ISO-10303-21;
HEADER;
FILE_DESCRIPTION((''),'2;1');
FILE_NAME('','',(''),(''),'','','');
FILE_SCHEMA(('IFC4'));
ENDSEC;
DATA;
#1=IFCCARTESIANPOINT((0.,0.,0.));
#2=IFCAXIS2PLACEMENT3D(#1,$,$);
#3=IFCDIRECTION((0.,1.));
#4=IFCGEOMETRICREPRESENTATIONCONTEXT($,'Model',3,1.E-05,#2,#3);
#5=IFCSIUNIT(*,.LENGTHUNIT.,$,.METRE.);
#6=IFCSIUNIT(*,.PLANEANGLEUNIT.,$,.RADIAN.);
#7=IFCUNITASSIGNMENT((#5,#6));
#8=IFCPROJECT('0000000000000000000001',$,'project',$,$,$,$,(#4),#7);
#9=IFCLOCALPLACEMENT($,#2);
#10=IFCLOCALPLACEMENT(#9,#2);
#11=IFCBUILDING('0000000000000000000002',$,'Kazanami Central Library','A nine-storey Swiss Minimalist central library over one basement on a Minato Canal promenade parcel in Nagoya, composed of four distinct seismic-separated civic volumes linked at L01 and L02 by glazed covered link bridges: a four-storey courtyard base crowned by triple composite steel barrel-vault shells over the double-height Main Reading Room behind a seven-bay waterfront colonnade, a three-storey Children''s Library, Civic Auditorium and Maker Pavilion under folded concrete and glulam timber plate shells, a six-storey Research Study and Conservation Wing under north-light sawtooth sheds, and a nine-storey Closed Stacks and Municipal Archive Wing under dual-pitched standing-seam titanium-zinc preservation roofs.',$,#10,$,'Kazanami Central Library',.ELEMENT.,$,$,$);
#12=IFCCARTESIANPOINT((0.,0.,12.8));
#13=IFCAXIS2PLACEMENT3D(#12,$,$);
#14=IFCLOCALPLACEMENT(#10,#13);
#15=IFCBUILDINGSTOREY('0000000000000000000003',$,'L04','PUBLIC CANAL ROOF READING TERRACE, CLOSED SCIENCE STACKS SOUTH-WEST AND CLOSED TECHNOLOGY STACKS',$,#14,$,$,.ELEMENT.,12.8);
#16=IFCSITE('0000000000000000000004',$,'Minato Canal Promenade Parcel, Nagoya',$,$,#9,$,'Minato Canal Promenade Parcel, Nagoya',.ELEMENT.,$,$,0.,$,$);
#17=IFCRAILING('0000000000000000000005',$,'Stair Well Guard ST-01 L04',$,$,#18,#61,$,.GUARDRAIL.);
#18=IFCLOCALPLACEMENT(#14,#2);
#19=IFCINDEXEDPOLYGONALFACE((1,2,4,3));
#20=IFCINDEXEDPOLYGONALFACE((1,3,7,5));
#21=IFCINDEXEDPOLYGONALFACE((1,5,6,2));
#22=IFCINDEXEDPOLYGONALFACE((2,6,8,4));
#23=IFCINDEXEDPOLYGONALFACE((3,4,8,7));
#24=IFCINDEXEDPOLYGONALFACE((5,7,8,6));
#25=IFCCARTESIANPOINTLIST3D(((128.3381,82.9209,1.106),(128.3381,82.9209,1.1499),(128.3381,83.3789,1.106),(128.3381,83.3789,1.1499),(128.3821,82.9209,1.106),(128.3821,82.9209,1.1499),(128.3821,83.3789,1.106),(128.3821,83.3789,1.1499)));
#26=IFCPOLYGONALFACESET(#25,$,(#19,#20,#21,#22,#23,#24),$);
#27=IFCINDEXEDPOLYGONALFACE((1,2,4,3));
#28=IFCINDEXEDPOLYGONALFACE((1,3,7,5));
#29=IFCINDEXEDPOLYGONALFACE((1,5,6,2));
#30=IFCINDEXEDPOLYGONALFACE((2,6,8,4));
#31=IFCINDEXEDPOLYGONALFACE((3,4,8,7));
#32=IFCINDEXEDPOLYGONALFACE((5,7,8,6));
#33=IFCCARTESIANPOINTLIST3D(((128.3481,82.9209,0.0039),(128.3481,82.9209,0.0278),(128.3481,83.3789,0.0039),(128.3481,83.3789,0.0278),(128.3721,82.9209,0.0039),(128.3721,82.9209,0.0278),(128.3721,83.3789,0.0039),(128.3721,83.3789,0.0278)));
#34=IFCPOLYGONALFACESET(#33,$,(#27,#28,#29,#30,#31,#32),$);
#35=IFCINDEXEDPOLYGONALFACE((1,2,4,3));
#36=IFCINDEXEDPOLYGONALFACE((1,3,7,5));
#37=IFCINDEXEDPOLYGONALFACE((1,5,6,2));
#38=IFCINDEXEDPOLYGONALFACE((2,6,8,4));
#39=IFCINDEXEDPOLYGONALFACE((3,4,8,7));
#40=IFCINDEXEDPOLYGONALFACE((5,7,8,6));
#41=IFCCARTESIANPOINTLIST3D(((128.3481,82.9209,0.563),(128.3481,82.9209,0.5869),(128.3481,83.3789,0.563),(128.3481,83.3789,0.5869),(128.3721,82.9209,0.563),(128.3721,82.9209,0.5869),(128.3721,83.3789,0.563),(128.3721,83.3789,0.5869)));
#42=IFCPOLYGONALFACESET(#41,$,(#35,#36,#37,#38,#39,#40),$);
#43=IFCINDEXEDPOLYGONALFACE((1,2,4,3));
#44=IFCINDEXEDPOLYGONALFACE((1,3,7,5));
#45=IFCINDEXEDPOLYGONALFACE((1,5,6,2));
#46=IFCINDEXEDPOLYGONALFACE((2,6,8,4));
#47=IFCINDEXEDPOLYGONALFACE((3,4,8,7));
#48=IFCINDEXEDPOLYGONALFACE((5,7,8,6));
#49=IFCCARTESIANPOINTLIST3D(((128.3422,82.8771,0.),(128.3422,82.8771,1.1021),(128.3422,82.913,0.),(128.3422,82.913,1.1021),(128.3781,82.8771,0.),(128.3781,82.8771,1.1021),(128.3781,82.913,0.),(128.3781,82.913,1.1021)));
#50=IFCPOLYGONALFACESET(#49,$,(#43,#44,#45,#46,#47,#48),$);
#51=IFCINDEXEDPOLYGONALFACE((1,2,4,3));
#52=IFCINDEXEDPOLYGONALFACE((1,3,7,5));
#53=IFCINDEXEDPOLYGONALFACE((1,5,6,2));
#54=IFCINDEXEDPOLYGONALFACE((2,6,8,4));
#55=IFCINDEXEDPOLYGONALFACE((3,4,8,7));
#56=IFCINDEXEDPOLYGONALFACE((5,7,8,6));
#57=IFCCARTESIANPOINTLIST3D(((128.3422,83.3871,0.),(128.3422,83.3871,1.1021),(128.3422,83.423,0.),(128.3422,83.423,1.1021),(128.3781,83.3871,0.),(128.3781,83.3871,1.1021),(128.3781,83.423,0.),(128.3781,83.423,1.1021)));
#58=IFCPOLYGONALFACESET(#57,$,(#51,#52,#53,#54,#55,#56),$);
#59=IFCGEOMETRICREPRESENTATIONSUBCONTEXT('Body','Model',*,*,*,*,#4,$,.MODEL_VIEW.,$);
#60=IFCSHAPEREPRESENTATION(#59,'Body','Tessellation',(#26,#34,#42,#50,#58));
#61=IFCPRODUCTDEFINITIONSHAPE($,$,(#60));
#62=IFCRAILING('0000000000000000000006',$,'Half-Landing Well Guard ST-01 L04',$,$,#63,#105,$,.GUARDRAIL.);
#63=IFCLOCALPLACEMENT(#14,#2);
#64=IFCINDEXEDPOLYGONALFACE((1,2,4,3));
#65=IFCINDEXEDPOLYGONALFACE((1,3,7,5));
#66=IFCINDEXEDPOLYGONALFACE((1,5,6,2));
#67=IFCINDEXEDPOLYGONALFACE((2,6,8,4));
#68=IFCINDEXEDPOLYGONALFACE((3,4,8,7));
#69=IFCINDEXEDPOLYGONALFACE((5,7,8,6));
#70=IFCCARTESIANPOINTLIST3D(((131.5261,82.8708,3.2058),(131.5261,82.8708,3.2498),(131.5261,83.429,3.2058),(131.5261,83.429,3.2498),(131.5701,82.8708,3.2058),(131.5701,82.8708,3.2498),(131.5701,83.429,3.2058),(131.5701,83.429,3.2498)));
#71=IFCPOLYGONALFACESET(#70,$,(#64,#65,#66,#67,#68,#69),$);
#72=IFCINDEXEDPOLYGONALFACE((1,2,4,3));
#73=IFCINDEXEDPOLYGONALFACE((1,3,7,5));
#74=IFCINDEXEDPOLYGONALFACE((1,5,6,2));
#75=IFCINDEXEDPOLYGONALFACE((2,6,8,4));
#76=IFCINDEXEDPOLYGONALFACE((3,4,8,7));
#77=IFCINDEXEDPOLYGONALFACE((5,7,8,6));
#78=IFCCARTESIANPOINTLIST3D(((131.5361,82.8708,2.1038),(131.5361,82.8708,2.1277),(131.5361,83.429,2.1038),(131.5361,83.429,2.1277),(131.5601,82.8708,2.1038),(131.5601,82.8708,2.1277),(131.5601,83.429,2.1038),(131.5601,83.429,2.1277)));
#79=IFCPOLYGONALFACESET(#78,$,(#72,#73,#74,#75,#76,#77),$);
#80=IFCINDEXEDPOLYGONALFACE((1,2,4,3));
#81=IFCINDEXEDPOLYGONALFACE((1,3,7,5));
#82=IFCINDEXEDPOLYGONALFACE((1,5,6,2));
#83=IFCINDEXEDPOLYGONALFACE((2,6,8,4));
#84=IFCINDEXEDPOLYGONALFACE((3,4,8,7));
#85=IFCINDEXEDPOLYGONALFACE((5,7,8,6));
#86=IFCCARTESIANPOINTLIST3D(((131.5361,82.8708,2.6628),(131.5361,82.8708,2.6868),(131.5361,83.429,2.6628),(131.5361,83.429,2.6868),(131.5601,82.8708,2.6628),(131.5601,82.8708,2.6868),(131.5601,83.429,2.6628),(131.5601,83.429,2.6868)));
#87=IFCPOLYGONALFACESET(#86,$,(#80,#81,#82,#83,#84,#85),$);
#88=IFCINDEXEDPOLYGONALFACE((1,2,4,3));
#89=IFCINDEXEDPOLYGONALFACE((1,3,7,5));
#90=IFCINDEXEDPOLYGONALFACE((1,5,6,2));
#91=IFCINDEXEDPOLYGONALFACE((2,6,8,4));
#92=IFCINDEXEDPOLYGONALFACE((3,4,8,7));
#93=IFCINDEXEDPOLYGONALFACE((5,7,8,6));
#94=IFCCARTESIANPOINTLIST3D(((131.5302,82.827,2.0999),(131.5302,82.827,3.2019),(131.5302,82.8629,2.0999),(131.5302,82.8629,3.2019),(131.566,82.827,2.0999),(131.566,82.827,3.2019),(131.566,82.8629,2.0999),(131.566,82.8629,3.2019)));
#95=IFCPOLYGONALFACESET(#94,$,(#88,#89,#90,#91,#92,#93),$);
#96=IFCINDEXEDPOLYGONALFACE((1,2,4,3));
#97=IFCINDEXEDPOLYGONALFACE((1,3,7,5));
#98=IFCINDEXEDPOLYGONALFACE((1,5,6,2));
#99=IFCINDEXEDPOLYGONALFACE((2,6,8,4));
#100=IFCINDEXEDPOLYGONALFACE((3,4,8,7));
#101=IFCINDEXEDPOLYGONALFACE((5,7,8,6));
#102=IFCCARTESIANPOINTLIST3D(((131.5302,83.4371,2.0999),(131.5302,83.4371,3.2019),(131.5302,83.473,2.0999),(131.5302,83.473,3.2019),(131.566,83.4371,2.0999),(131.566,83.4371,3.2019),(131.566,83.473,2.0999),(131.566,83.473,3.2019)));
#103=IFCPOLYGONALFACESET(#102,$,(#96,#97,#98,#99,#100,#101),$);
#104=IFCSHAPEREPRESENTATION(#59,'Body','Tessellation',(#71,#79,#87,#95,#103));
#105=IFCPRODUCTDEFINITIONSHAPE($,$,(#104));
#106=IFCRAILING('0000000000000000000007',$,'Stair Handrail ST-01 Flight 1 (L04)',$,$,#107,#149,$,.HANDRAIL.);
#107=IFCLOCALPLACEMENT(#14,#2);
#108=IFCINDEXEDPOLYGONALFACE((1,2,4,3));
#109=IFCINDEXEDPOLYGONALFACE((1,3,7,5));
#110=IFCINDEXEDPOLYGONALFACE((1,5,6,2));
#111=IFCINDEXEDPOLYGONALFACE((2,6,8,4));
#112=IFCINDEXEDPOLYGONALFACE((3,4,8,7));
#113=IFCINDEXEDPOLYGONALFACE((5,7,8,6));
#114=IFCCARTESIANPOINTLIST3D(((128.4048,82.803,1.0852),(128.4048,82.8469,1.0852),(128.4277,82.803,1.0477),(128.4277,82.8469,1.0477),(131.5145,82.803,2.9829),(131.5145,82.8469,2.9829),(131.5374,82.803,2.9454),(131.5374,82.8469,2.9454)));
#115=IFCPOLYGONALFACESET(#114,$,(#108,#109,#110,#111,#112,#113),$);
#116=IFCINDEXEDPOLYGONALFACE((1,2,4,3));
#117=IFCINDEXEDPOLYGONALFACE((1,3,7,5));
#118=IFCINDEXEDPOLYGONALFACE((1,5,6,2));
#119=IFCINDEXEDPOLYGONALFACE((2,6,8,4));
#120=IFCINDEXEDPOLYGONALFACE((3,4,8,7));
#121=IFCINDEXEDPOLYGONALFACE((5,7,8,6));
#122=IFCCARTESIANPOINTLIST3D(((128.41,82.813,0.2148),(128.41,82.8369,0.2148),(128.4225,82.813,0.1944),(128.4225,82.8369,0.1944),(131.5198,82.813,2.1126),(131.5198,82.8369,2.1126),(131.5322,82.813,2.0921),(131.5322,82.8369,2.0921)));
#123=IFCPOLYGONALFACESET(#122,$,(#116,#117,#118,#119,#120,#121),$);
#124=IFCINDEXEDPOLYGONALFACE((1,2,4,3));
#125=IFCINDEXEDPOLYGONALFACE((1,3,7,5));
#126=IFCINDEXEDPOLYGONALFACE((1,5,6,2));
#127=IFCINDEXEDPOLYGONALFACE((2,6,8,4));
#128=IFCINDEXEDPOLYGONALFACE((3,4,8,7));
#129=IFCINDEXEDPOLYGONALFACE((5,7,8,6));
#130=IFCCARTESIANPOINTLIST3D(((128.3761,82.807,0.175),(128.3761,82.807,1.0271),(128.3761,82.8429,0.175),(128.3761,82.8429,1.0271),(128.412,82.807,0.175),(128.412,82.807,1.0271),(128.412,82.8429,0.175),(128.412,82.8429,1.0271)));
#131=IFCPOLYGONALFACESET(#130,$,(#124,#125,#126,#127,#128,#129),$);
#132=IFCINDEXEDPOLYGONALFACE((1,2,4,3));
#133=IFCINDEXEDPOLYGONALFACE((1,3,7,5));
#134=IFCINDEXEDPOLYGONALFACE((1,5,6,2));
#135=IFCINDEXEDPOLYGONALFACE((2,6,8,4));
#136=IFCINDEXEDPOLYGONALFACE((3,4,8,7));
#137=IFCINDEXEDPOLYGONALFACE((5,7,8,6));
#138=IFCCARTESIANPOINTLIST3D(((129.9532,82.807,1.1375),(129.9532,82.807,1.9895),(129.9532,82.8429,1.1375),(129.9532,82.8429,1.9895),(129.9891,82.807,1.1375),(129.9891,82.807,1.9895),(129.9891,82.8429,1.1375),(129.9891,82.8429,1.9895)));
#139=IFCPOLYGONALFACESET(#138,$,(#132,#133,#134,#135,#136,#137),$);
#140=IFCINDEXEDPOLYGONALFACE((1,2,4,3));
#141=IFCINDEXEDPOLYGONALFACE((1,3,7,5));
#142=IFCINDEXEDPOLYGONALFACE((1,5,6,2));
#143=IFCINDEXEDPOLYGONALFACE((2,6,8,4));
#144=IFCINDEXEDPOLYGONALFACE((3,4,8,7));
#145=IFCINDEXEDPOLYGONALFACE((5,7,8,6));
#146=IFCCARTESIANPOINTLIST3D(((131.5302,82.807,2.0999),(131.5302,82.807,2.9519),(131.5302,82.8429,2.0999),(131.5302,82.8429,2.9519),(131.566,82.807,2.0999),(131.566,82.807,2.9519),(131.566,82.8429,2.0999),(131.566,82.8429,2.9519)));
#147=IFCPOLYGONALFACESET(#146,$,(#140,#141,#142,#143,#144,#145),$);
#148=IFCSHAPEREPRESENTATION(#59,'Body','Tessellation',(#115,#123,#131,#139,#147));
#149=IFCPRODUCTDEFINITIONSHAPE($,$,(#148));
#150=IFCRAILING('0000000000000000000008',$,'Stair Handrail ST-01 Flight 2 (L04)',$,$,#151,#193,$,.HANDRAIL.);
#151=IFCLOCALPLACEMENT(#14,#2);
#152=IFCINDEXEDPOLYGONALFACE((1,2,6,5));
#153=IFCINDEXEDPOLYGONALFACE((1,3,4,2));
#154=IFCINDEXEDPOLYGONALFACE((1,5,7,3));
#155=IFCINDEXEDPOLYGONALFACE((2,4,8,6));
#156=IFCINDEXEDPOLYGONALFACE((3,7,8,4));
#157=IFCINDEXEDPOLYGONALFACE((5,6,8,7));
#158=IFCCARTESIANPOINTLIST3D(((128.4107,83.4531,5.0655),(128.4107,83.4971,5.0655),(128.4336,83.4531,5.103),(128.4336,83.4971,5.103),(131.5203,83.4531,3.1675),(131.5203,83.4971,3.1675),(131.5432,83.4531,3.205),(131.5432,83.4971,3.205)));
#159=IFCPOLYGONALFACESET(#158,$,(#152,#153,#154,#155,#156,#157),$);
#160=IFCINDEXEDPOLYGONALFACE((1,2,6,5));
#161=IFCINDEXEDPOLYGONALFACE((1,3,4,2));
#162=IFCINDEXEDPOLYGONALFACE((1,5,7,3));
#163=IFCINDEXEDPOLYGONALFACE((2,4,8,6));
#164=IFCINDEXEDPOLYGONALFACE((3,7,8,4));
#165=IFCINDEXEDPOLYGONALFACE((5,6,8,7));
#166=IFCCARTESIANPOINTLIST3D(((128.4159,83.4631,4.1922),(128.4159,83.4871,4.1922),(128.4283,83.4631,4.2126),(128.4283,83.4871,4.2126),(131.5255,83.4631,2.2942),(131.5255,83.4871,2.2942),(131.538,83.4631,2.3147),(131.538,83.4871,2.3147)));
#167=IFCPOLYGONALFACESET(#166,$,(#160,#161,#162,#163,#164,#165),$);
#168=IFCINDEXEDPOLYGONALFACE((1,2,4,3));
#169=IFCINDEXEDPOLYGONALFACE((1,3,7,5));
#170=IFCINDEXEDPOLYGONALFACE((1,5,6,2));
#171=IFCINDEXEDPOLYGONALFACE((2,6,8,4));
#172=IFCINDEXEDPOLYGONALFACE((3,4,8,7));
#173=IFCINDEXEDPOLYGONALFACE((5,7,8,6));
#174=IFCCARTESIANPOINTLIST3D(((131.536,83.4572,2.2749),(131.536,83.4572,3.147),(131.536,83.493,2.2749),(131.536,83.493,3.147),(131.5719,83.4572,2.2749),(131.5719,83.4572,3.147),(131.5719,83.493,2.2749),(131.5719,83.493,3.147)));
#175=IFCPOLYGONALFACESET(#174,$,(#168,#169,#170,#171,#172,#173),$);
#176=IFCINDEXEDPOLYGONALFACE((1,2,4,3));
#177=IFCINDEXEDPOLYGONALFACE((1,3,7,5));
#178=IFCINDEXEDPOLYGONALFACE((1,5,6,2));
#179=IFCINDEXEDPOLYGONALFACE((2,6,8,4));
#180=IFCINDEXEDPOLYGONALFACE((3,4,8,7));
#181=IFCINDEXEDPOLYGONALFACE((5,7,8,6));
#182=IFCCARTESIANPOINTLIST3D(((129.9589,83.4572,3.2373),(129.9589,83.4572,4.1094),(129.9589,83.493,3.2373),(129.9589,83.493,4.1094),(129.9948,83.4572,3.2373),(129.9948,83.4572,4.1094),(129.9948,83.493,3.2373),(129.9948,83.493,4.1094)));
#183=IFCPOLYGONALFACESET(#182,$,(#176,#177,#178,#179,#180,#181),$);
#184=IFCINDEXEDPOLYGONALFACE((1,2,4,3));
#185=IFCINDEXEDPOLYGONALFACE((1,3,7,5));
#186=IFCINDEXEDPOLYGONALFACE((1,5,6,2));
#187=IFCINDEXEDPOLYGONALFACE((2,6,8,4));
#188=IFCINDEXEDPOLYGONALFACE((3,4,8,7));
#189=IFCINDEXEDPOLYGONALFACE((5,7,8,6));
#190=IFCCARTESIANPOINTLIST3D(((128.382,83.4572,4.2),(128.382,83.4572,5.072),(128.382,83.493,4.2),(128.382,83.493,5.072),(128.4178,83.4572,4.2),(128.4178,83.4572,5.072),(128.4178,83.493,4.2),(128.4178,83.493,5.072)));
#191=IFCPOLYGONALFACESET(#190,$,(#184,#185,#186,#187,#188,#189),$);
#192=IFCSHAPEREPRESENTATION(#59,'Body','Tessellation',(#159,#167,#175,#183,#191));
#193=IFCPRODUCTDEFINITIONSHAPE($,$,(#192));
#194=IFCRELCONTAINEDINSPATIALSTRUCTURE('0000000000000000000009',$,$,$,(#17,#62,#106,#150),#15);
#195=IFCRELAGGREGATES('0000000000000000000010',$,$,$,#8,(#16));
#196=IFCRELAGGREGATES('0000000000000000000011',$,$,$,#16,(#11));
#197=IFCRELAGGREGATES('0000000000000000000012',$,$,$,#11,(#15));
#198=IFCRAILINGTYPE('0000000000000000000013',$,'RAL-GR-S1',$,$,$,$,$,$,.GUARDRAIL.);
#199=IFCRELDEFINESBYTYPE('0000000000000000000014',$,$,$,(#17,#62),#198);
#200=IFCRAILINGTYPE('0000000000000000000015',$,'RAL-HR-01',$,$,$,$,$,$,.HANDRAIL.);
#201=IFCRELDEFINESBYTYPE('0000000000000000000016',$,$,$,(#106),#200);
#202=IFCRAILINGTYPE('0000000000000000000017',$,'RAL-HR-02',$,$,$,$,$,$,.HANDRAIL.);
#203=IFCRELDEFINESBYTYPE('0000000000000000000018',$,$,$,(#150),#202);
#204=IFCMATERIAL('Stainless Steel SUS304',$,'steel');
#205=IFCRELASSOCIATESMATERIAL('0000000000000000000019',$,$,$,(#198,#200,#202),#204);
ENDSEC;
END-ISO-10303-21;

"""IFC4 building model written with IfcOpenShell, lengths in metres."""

from ifc_helpers import new_model, si_unit, direction, frame, origin, origin_2d, place, context, subcontext, project, spatial, rectangle, extrude, material, type_object, element, save


model = new_model("IFC4")

# Units and contexts
model_context = context("Model", 3, precision=1e-05, world=origin(), true_north=direction((0.0, 1.0)))
body_context = subcontext(model_context, "Body", "Model", "MODEL_VIEW")
ifc_project = project(units=[si_unit("LENGTHUNIT", "METRE"), si_unit("PLANEANGLEUNIT", "RADIAN")], contexts=[model_context])

# Site, building, storey
site_placement = place(None, origin())
site = spatial("IfcSite", under=ifc_project, at=site_placement, Name="Minato Canal Promenade Parcel, Nagoya", LongName="Minato Canal Promenade Parcel, Nagoya", CompositionType="ELEMENT", RefElevation=0.0)
building_placement = place(site_placement, origin())
building = spatial("IfcBuilding", under=site, at=building_placement, Name="Kazanami Central Library", Description="A nine-storey Swiss Minimalist central library over one basement on a Minato Canal promenade parcel in Nagoya, composed of four distinct seismic-separated civic volumes linked at L01 and L02 by glazed covered link bridges: a four-storey courtyard base crowned by triple composite steel barrel-vault shells over the double-height Main Reading Room behind a seven-bay waterfront colonnade, a three-storey Children's Library, Civic Auditorium and Maker Pavilion under folded concrete and glulam timber plate shells, a six-storey Research Study and Conservation Wing under north-light sawtooth sheds, and a nine-storey Closed Stacks and Municipal Archive Wing under dual-pitched standing-seam titanium-zinc preservation roofs.", LongName="Kazanami Central Library", CompositionType="ELEMENT")
storey_placement = place(building_placement, frame((0.0, 0.0, 12.8)))
storey = spatial("IfcBuildingStorey", under=building, at=storey_placement, Name="L04", Description="PUBLIC CANAL ROOF READING TERRACE, CLOSED SCIENCE STACKS SOUTH-WEST AND CLOSED TECHNOLOGY STACKS", CompositionType="ELEMENT", Elevation=12.8)

# Railings
ifc_material_1 = material(Name="Stainless Steel SUS304", Category="steel")
railing_type_1 = type_object("IfcRailingType", Name="RAL-GR-S1", PredefinedType="GUARDRAIL", material=ifc_material_1)
railing_1_placement = place(storey_placement, frame((128.3601, 82.895, 0.0)))
element("IfcRailing", 1, at=railing_1_placement, inside=storey, type_object=railing_type_1, Name="Stair Well Guard ST-01 L04", PredefinedType="GUARDRAIL", context=body_context, shape_type="SweptSolid", body=[
    extrude(rectangle(XDim=0.0439, YDim=0.0439, at=origin_2d()), frame((0.0, 0.0259, 1.1279), z_axis=(0.0, 1.0, 0.0), x_axis=(-1.0, 0.0, 0.0)), (0.0, 0.0, 1.0), 0.458),
    extrude(rectangle(XDim=0.0239, YDim=0.0239, at=origin_2d()), frame((0.0, 0.0259, 0.0159), z_axis=(0.0, 1.0, 0.0), x_axis=(-1.0, 0.0, 0.0)), (0.0, 0.0, 1.0), 0.458),
    extrude(rectangle(XDim=0.0239, YDim=0.0239, at=origin_2d()), frame((0.0, 0.0259, 0.575), z_axis=(0.0, 1.0, 0.0), x_axis=(-1.0, 0.0, 0.0)), (0.0, 0.0, 1.0), 0.458),
    extrude(rectangle(XDim=0.0359, YDim=0.0359, at=origin_2d()), origin(), (0.0, 0.0, 1.0), 1.1021),
    extrude(rectangle(XDim=0.0359, YDim=0.0359, at=origin_2d()), frame((0.0, 0.51, 0.0)), (0.0, 0.0, 1.0), 1.1021),
])
railing_2_placement = place(storey_placement, frame((131.5481, 82.845, 2.0999)))
element("IfcRailing", 2, at=railing_2_placement, inside=storey, type_object=railing_type_1, Name="Half-Landing Well Guard ST-01 L04", PredefinedType="GUARDRAIL", context=body_context, shape_type="SweptSolid", body=[
    extrude(rectangle(XDim=0.0439, YDim=0.0439, at=origin_2d()), frame((0.0, 0.0259, 1.1279), z_axis=(0.0, 1.0, 0.0), x_axis=(-1.0, 0.0, 0.0)), (0.0, 0.0, 1.0), 0.5581),
    extrude(rectangle(XDim=0.0239, YDim=0.0239, at=origin_2d()), frame((0.0, 0.0259, 0.0159), z_axis=(0.0, 1.0, 0.0), x_axis=(-1.0, 0.0, 0.0)), (0.0, 0.0, 1.0), 0.5581),
    extrude(rectangle(XDim=0.0239, YDim=0.0239, at=origin_2d()), frame((0.0, 0.0259, 0.575), z_axis=(0.0, 1.0, 0.0), x_axis=(-1.0, 0.0, 0.0)), (0.0, 0.0, 1.0), 0.5581),
    extrude(rectangle(XDim=0.0359, YDim=0.0359, at=origin_2d()), origin(), (0.0, 0.0, 1.0), 1.1021),
    extrude(rectangle(XDim=0.0359, YDim=0.0359, at=origin_2d()), frame((0.0, 0.6101, 0.0)), (0.0, 0.0, 1.0), 1.1021),
])
railing_type_2 = type_object("IfcRailingType", Name="RAL-HR-01", PredefinedType="HANDRAIL", material=ifc_material_1)
railing_3_placement = place(storey_placement, frame((128.394, 82.825, 0.175)))
element("IfcRailing", 3, at=railing_3_placement, inside=storey, type_object=railing_type_2, Name="Stair Handrail ST-01 Flight 1 (L04)", PredefinedType="HANDRAIL", context=body_context, shape_type="SweptSolid", body=[
    extrude(rectangle(XDim=0.0439, YDim=0.0439, at=origin_2d()), frame((0.0222, 0.0, 0.8914), z_axis=(0.853603, 0.0, 0.520923), x_axis=(0.0, 1.0, 0.0)), (0.0, 0.0, 1.0), 3.6431),
    extrude(rectangle(XDim=0.0239, YDim=0.0239, at=origin_2d()), frame((0.0222, 0.0, 0.0295), z_axis=(0.853603, 0.0, 0.520923), x_axis=(0.0, 1.0, 0.0)), (0.0, 0.0, 1.0), 3.6431),
    extrude(rectangle(XDim=0.0359, YDim=0.0359, at=origin_2d()), origin(), (0.0, 0.0, 1.0), 0.8521),
    extrude(rectangle(XDim=0.0359, YDim=0.0359, at=origin_2d()), frame((1.5771, 0.0, 0.9624)), (0.0, 0.0, 1.0), 0.8521),
    extrude(rectangle(XDim=0.0359, YDim=0.0359, at=origin_2d()), frame((3.1541, 0.0, 1.9248)), (0.0, 0.0, 1.0), 0.8521),
])
railing_type_3 = type_object("IfcRailingType", Name="RAL-HR-02", PredefinedType="HANDRAIL", material=ifc_material_1)
railing_4_placement = place(storey_placement, frame((131.554, 83.4751, 2.2749)))
element("IfcRailing", 4, at=railing_4_placement, inside=storey, type_object=railing_type_3, Name="Stair Handrail ST-01 Flight 2 (L04)", PredefinedType="HANDRAIL", context=body_context, shape_type="SweptSolid", body=[
    extrude(rectangle(XDim=0.0439, YDim=0.0439, at=origin_2d()), frame((-0.0222, 0.0, 0.9114), z_axis=(-0.853574, 0.0, 0.520972), x_axis=(0.0, -1.0, 0.0)), (0.0, 0.0, 1.0), 3.6431),
    extrude(rectangle(XDim=0.0239, YDim=0.0239, at=origin_2d()), frame((-0.0222, 0.0, 0.0295), z_axis=(-0.853574, 0.0, 0.520972), x_axis=(0.0, -1.0, 0.0)), (0.0, 0.0, 1.0), 3.6431),
    extrude(rectangle(XDim=0.0359, YDim=0.0359, at=origin_2d()), origin(), (0.0, 0.0, 1.0), 0.8721),
    extrude(rectangle(XDim=0.0359, YDim=0.0359, at=origin_2d()), frame((-1.5771, 0.0, 0.9624)), (0.0, 0.0, 1.0), 0.8721),
    extrude(rectangle(XDim=0.0359, YDim=0.0359, at=origin_2d()), frame((-3.1541, 0.0, 1.925)), (0.0, 0.0, 1.0), 0.8721),
])

save(model, "model.ifc")
